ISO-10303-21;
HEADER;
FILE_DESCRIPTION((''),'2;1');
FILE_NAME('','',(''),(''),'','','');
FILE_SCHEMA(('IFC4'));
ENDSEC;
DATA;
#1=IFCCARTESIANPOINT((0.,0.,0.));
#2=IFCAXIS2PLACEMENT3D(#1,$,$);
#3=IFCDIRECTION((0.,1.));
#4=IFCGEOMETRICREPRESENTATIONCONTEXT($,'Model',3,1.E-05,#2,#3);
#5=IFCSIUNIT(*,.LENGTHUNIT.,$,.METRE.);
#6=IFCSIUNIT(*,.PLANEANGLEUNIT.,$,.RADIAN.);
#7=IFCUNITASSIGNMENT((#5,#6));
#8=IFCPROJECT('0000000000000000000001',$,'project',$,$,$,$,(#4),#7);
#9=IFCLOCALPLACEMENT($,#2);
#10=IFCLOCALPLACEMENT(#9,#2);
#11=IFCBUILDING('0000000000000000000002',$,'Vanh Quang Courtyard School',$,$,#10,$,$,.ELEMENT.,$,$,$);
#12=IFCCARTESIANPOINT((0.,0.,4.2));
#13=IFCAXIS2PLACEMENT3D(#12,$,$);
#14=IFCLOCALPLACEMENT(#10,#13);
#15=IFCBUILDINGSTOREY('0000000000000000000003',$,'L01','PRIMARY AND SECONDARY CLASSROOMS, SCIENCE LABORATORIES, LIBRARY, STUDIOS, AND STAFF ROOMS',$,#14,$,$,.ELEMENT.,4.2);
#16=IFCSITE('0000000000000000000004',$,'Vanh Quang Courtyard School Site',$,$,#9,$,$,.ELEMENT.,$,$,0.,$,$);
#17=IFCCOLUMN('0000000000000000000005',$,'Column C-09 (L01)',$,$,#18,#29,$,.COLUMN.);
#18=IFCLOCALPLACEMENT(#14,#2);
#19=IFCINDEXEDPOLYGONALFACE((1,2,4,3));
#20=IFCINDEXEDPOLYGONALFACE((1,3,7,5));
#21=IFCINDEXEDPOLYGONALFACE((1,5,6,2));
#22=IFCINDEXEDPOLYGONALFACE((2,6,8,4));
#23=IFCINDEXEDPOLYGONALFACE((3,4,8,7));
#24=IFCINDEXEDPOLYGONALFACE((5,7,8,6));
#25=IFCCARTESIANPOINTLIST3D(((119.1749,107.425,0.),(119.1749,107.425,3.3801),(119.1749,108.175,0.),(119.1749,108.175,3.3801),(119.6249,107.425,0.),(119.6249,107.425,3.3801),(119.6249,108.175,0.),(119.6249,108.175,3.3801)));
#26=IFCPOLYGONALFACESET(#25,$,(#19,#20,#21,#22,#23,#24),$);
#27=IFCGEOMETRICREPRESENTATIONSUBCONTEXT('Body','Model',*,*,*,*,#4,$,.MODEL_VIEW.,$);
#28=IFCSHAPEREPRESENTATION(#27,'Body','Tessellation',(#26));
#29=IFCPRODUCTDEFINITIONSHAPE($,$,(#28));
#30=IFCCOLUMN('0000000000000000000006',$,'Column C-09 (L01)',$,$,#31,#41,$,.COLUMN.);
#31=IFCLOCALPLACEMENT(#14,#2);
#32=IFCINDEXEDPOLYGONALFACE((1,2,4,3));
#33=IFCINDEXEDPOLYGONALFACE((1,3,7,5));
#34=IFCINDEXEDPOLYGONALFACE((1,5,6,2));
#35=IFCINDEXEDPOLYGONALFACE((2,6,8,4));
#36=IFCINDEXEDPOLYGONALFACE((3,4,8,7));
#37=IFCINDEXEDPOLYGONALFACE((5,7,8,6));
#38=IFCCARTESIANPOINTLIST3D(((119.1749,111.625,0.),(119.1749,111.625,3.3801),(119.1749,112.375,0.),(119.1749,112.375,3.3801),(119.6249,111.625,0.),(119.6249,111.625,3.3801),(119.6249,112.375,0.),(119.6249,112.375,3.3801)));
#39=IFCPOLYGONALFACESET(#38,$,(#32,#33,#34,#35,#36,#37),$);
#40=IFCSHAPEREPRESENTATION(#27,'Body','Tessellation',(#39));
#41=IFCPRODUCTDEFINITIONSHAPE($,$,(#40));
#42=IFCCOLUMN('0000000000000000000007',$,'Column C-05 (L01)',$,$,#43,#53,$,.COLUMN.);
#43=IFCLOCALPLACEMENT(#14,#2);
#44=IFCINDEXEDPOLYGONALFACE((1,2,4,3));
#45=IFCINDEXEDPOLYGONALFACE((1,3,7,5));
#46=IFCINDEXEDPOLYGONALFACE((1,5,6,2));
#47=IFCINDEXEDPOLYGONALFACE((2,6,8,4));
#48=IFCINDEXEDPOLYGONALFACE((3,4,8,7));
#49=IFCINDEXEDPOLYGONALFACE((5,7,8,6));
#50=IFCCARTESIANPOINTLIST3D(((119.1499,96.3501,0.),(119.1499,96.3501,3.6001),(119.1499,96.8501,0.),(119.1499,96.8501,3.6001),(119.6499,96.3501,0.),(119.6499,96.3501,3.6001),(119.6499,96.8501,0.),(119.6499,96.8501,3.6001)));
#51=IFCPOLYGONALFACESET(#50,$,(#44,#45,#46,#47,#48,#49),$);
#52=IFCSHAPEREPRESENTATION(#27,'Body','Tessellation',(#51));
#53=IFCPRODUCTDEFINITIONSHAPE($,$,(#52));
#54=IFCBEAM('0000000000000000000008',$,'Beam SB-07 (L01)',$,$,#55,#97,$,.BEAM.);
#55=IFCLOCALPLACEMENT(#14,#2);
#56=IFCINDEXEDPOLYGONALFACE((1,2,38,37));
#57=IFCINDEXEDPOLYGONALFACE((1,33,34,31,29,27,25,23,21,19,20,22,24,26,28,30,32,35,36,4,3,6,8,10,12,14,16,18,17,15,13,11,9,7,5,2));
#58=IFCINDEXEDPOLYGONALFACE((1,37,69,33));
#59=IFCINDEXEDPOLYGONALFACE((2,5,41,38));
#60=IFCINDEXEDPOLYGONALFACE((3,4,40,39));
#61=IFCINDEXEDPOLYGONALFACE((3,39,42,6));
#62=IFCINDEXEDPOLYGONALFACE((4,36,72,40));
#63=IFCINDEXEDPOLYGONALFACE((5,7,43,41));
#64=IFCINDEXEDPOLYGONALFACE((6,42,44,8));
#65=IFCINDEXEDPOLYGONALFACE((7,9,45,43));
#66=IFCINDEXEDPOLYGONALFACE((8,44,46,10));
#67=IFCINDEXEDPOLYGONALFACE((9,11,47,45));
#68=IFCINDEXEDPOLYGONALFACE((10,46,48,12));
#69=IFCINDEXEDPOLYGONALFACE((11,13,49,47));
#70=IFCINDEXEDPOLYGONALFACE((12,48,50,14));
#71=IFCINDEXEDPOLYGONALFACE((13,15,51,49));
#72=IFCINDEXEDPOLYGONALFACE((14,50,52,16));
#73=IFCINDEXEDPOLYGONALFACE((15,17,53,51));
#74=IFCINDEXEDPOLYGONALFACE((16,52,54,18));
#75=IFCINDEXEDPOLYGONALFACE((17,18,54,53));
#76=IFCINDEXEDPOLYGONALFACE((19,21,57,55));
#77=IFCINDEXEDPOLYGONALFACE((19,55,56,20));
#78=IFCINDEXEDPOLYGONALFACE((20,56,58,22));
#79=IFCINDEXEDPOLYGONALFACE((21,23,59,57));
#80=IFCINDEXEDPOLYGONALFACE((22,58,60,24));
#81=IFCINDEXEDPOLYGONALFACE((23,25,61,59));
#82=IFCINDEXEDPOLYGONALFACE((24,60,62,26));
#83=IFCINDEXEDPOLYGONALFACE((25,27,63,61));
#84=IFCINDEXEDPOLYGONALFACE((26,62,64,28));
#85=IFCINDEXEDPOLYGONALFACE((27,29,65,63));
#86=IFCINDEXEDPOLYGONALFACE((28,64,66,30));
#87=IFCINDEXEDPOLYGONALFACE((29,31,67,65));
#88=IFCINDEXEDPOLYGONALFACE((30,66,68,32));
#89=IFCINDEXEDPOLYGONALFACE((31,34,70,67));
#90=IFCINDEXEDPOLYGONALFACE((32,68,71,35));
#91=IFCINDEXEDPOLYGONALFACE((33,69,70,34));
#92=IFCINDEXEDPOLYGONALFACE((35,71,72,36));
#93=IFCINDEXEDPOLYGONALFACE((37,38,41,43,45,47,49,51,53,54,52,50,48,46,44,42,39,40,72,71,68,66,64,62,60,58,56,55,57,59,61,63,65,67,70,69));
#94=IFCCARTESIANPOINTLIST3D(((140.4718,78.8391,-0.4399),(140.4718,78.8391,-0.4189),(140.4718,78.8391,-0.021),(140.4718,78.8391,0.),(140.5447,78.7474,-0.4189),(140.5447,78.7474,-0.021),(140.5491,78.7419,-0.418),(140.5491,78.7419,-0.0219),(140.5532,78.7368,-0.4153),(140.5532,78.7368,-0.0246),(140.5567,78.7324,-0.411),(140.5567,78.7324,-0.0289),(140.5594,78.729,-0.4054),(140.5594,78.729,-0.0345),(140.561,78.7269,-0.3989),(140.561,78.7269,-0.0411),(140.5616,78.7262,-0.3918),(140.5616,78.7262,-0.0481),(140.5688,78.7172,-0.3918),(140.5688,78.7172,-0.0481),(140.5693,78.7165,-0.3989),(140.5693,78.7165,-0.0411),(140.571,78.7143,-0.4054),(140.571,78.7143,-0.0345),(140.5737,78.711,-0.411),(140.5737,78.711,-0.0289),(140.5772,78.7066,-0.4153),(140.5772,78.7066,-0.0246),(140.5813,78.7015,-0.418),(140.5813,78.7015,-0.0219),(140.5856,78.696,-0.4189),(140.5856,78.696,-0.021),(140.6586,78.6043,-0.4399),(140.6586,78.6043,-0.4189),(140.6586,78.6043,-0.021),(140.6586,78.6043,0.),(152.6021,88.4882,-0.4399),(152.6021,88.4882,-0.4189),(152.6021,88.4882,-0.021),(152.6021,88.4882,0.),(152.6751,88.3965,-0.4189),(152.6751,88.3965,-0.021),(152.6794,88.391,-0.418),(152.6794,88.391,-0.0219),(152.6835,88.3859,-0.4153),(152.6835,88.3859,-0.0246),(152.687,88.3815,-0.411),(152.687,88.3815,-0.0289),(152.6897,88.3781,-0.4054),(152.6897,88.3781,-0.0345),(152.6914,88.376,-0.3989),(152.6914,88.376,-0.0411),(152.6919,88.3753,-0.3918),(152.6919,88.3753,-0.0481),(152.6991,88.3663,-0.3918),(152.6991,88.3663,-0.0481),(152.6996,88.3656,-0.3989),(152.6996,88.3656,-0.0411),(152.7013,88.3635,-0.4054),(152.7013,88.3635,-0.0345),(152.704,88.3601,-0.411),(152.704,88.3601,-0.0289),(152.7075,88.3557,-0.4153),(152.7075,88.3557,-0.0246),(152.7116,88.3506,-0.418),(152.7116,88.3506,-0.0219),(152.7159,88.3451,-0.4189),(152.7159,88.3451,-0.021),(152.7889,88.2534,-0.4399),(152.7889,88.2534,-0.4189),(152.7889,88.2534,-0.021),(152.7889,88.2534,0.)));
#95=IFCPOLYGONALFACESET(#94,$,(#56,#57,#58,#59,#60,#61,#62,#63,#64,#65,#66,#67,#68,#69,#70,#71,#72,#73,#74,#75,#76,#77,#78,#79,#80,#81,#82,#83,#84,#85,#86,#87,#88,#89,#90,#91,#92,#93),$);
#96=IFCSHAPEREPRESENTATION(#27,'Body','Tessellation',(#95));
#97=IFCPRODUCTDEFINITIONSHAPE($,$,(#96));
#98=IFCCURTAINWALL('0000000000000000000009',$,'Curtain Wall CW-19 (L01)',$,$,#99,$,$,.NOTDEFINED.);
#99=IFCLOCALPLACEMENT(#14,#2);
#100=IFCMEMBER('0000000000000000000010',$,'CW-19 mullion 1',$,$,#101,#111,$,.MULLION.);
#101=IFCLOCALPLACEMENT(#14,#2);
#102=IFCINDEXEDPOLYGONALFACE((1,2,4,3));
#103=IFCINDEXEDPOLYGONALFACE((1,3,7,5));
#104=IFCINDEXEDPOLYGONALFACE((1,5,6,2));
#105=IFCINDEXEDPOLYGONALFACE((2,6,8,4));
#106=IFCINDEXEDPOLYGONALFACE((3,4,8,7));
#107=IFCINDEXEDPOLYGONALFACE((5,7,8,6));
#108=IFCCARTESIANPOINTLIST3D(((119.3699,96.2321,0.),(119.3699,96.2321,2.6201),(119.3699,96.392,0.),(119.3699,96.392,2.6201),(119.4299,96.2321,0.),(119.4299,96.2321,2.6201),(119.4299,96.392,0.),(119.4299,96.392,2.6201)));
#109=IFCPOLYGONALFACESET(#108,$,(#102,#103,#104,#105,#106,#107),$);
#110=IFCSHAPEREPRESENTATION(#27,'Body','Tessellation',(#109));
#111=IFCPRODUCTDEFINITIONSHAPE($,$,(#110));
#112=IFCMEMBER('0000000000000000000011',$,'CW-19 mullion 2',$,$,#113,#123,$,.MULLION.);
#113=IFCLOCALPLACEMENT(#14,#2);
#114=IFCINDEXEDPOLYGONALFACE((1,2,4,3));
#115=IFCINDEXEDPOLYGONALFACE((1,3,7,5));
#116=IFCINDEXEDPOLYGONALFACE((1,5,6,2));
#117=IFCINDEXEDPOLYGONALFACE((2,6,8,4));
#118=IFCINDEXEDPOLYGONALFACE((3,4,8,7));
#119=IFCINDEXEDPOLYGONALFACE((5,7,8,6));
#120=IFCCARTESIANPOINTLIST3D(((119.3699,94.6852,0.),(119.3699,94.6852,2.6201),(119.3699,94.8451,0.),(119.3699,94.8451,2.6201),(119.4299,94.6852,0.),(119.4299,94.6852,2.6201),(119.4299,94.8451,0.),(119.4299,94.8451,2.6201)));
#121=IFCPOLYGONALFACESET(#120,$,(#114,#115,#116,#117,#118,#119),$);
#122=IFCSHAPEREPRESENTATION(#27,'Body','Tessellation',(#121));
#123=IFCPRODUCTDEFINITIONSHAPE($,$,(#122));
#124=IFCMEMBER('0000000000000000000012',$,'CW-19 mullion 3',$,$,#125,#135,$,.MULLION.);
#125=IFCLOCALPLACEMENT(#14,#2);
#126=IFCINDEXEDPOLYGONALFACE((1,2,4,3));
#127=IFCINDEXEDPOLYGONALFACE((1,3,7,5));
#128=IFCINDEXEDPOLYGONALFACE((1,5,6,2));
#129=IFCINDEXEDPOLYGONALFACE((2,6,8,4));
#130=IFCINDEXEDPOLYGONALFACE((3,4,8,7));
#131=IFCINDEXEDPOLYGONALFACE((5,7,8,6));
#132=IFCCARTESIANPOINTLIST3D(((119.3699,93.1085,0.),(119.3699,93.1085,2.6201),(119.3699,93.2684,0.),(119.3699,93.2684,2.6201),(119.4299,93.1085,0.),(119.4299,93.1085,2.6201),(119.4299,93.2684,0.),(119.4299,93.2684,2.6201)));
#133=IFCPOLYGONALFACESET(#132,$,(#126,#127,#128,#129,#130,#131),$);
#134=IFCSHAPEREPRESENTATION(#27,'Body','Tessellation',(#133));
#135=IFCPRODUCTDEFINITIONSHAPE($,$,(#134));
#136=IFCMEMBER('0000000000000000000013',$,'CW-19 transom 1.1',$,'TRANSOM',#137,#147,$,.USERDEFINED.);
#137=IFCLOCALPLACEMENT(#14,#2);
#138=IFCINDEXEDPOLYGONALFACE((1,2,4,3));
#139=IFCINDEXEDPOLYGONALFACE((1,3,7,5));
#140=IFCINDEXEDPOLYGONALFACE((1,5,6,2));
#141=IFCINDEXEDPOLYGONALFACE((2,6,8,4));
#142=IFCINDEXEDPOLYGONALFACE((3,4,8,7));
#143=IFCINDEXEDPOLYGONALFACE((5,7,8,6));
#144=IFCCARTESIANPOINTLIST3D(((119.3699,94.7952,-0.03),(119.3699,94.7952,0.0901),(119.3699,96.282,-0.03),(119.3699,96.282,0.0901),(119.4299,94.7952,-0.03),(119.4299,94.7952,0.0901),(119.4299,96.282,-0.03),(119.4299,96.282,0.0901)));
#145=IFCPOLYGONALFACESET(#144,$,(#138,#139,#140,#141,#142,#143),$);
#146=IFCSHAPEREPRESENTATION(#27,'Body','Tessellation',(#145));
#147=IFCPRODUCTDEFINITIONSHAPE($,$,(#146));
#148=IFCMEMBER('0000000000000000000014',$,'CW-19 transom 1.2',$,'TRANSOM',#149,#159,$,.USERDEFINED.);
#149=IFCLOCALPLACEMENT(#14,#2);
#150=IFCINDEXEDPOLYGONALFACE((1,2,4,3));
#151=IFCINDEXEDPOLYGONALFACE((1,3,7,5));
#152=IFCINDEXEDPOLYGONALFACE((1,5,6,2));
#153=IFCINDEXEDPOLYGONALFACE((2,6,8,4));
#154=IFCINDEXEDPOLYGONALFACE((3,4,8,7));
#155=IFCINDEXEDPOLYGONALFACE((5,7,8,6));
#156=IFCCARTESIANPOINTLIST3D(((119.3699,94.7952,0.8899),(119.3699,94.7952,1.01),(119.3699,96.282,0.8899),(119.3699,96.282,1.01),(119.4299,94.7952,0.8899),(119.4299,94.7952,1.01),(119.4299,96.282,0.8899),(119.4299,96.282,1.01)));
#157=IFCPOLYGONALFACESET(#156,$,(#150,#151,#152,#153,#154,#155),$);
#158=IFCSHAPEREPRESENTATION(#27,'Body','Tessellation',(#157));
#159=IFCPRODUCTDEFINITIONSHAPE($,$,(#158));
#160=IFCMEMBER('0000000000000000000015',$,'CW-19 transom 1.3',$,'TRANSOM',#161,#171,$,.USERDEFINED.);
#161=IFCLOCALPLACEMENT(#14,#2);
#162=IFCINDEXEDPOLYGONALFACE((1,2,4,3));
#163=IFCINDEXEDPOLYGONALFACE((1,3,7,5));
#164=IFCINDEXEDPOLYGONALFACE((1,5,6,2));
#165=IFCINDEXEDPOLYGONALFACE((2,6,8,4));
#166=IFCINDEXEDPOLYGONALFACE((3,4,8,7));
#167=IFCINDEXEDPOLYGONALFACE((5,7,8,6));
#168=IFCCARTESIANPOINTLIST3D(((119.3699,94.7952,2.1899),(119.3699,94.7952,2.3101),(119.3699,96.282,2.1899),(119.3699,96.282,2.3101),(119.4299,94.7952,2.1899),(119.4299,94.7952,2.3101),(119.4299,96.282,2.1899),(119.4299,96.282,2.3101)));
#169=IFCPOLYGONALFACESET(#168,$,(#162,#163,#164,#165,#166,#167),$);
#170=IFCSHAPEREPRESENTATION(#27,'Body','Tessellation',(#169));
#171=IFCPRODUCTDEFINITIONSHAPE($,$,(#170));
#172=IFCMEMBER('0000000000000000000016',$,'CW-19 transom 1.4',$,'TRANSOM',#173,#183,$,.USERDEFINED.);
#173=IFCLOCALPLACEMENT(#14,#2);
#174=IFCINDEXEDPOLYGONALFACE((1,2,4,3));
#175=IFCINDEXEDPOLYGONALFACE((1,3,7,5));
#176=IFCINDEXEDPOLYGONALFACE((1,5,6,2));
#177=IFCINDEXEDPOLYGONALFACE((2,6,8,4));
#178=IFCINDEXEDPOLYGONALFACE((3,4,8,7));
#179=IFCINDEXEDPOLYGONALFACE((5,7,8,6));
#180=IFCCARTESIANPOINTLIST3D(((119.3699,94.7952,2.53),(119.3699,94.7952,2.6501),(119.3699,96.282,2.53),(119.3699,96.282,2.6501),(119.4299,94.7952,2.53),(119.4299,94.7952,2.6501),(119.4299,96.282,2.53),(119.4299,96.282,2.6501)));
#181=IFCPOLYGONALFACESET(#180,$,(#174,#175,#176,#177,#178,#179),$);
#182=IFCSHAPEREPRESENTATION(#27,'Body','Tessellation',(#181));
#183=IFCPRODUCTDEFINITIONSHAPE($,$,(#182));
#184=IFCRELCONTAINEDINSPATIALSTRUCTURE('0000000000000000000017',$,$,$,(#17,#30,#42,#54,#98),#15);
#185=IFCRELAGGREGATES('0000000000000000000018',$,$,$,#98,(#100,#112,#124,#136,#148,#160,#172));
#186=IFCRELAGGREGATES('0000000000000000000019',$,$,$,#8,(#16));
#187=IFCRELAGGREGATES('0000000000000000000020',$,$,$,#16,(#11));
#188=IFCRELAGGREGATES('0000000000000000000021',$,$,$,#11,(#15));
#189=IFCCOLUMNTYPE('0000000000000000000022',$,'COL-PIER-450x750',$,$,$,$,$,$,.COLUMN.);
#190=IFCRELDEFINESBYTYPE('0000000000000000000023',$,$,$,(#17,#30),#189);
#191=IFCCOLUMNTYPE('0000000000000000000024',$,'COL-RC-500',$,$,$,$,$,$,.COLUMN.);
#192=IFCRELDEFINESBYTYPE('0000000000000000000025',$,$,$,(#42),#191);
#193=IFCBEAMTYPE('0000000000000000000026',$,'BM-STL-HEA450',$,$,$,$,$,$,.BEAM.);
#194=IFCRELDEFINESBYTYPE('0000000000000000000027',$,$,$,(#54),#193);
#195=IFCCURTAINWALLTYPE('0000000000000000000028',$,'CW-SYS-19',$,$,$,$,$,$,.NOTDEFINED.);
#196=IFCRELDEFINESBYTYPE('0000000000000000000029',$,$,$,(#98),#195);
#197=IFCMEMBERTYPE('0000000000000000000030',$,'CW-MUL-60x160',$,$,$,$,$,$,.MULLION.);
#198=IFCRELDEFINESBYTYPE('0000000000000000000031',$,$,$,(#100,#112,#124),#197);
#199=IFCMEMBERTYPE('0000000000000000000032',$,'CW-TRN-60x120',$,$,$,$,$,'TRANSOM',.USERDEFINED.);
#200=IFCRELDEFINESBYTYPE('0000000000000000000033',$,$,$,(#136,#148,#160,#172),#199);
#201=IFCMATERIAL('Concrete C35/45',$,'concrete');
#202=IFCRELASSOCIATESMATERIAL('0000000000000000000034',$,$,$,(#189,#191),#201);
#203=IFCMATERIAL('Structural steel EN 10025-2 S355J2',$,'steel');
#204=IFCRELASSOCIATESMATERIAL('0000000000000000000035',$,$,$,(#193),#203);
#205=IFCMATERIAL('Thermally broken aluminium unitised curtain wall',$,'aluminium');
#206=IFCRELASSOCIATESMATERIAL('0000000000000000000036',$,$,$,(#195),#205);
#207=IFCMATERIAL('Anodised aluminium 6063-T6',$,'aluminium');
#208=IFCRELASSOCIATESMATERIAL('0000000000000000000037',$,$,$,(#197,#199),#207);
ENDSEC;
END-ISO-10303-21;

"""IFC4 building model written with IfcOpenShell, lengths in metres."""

from ifc_helpers import new_model, si_unit, direction, frame, origin, origin_2d, place, context, subcontext, project, spatial, rectangle, i_section, extrude, material, material_profile, profile_set, type_object, element, aggregate, save


model = new_model("IFC4")

# Units and contexts
model_context = context("Model", 3, precision=1e-05, world=origin(), true_north=direction((0.0, 1.0)))
body_context = subcontext(model_context, "Body", "Model", "MODEL_VIEW")
ifc_project = project(units=[si_unit("LENGTHUNIT", "METRE"), si_unit("PLANEANGLEUNIT", "RADIAN")], contexts=[model_context])

# Site, building, storey
site_placement = place(None, origin())
site = spatial("IfcSite", under=ifc_project, at=site_placement, Name="Vanh Quang Courtyard School Site", CompositionType="ELEMENT", RefElevation=0.0)
building_placement = place(site_placement, origin())
building = spatial("IfcBuilding", under=site, at=building_placement, Name="Vanh Quang Courtyard School", CompositionType="ELEMENT")
storey_placement = place(building_placement, frame((0.0, 0.0, 4.2)))
storey = spatial("IfcBuildingStorey", under=building, at=storey_placement, Name="L01", Description="PRIMARY AND SECONDARY CLASSROOMS, SCIENCE LABORATORIES, LIBRARY, STUDIOS, AND STAFF ROOMS", CompositionType="ELEMENT", Elevation=4.2)

# Columns
ifc_material_1 = material(Name="Concrete C35/45", Category="concrete")
ifc_material_profile_1 = material_profile(ifc_material_1, rectangle(XDim=0.45, YDim=0.75, at=origin_2d()), Name="RC-PIER 450x750")
ifc_profile_set_1 = profile_set([ifc_material_profile_1], Name="Concrete C35/45")
column_type_1 = type_object("IfcColumnType", Name="COL-PIER-450x750", PredefinedType="COLUMN", material=ifc_profile_set_1)
for number, where, z_axis, x_axis, name in (
    (1, (119.3999, 107.8, 0.0), (0.0, 0.0, 1.0), (1.0, 0.0, 0.0), "Column C-09 (L01)"),
    (2, (119.3999, 112.0, 0.0), (0.0, 0.0, 1.0), (1.0, 0.0, 0.0), "Column C-09 (L01)"),
):
    element("IfcColumn", number, at=place(storey_placement, frame(where, z_axis=z_axis, x_axis=x_axis)), inside=storey, type_object=column_type_1, Name=name, PredefinedType="COLUMN", context=body_context, shape_type="SweptSolid", body=[
        extrude(rectangle(XDim=0.45, YDim=0.75, at=origin_2d()), origin(), (0.0, 0.0, 1.0), 3.3801),
    ])
ifc_material_profile_2 = material_profile(ifc_material_1, rectangle(XDim=0.5, YDim=0.5, at=origin_2d()), Name="RC-COL 500x500")
ifc_profile_set_2 = profile_set([ifc_material_profile_2], Name="Concrete C35/45")
column_type_2 = type_object("IfcColumnType", Name="COL-RC-500", PredefinedType="COLUMN", material=ifc_profile_set_2)
column_placement = place(storey_placement, frame((119.3999, 96.6001, 0.0), z_axis=(0.0, 0.0, 1.0), x_axis=(1.0, 0.0, 0.0)))
element("IfcColumn", 3, at=column_placement, inside=storey, type_object=column_type_2, Name="Column C-05 (L01)", PredefinedType="COLUMN", context=body_context, shape_type="SweptSolid", body=[
    extrude(rectangle(XDim=0.5, YDim=0.5, at=origin_2d()), origin(), (0.0, 0.0, 1.0), 3.6001),
])

# Beam
ifc_material_2 = material(Name="Structural steel EN 10025-2 S355J2", Category="steel")
ifc_material_profile_3 = material_profile(ifc_material_2, i_section(OverallWidth=0.3, OverallDepth=0.4399, WebThickness=0.0115, FlangeThickness=0.021, FilletRadius=0.0271, at=origin_2d()), Name="HEA 450")
ifc_profile_set_3 = profile_set([ifc_material_profile_3], Name="Structural steel EN 10025-2 S355J2")
beam_type = type_object("IfcBeamType", Name="BM-STL-HEA450", PredefinedType="BEAM", material=ifc_profile_set_3)
beam_placement = place(storey_placement, frame((140.5652, 78.7217, -0.22), z_axis=(0.782601, 0.622524, 0.0), x_axis=(-0.622524, 0.782601, 0.0)))
element("IfcBeam", 4, at=beam_placement, inside=storey, type_object=beam_type, Name="Beam SB-07 (L01)", PredefinedType="BEAM", context=body_context, shape_type="SweptSolid", body=[
    extrude(i_section(OverallWidth=0.3, OverallDepth=0.4399, WebThickness=0.0115, FlangeThickness=0.021, FilletRadius=0.0271, at=origin_2d()), origin(), (0.0, 0.0, 1.0), 15.5),
])

# Curtain wall, members
ifc_material_3 = material(Name="Thermally broken aluminium unitised curtain wall", Category="aluminium")
curtain_wall_type = type_object("IfcCurtainWallType", Name="CW-SYS-19", PredefinedType="NOTDEFINED", material=ifc_material_3)
curtain_wall_placement = place(storey_placement, origin())
curtain_wall = element("IfcCurtainWall", 5, at=curtain_wall_placement, inside=storey, type_object=curtain_wall_type, Name="Curtain Wall CW-19 (L01)", PredefinedType="NOTDEFINED")
ifc_material_4 = material(Name="Anodised aluminium 6063-T6", Category="aluminium")
ifc_material_profile_4 = material_profile(ifc_material_4, rectangle(XDim=0.0601, YDim=0.1599, at=origin_2d()), Name="ALU-MUL 60x160")
ifc_profile_set_4 = profile_set([ifc_material_profile_4], Name="Anodised aluminium 6063-T6")
member_type_1 = type_object("IfcMemberType", Name="CW-MUL-60x160", PredefinedType="MULLION", material=ifc_profile_set_4)
member_1_placement = place(storey_placement, frame((119.3999, 96.312, 0.0), z_axis=(0.0, 0.0, 1.0), x_axis=(1.0, 0.0, 0.0)))
member_1 = element("IfcMember", 6, at=member_1_placement, type_object=member_type_1, Name="CW-19 mullion 1", PredefinedType="MULLION", context=body_context, shape_type="SweptSolid", body=[
    extrude(rectangle(XDim=0.0601, YDim=0.1599, at=origin_2d()), origin(), (0.0, 0.0, 1.0), 2.6201),
])
member_2_placement = place(storey_placement, frame((119.3999, 94.7651, 0.0), z_axis=(0.0, 0.0, 1.0), x_axis=(1.0, 0.0, 0.0)))
member_2 = element("IfcMember", 7, at=member_2_placement, type_object=member_type_1, Name="CW-19 mullion 2", PredefinedType="MULLION", context=body_context, shape_type="SweptSolid", body=[
    extrude(rectangle(XDim=0.0601, YDim=0.1599, at=origin_2d()), origin(), (0.0, 0.0, 1.0), 2.6201),
])
member_3_placement = place(storey_placement, frame((119.3999, 93.1885, 0.0), z_axis=(0.0, 0.0, 1.0), x_axis=(1.0, 0.0, 0.0)))
member_3 = element("IfcMember", 8, at=member_3_placement, type_object=member_type_1, Name="CW-19 mullion 3", PredefinedType="MULLION", context=body_context, shape_type="SweptSolid", body=[
    extrude(rectangle(XDim=0.0601, YDim=0.1599, at=origin_2d()), origin(), (0.0, 0.0, 1.0), 2.6201),
])
ifc_material_profile_5 = material_profile(ifc_material_4, rectangle(XDim=0.0601, YDim=0.1201, at=origin_2d()), Name="ALU-TRN 60x120")
ifc_profile_set_5 = profile_set([ifc_material_profile_5], Name="Anodised aluminium 6063-T6")
member_type_2 = type_object("IfcMemberType", Name="CW-TRN-60x120", ElementType="TRANSOM", PredefinedType="USERDEFINED", material=ifc_profile_set_5)
member_4_placement = place(storey_placement, frame((119.3999, 96.282, 0.03), z_axis=(0.0, -1.0, 0.0), x_axis=(1.0, 0.0, 0.0)))
member_4 = element("IfcMember", 9, at=member_4_placement, type_object=member_type_2, Name="CW-19 transom 1.1", ObjectType="TRANSOM", PredefinedType="USERDEFINED", context=body_context, shape_type="SweptSolid", body=[
    extrude(rectangle(XDim=0.0601, YDim=0.1201, at=origin_2d()), origin(), (0.0, 0.0, 1.0), 1.4868),
])
member_5_placement = place(storey_placement, frame((119.3999, 96.282, 0.95), z_axis=(0.0, -1.0, 0.0), x_axis=(1.0, 0.0, 0.0)))
member_5 = element("IfcMember", 10, at=member_5_placement, type_object=member_type_2, Name="CW-19 transom 1.2", ObjectType="TRANSOM", PredefinedType="USERDEFINED", context=body_context, shape_type="SweptSolid", body=[
    extrude(rectangle(XDim=0.0601, YDim=0.1201, at=origin_2d()), origin(), (0.0, 0.0, 1.0), 1.4868),
])
member_6_placement = place(storey_placement, frame((119.3999, 96.282, 2.25), z_axis=(0.0, -1.0, 0.0), x_axis=(1.0, 0.0, 0.0)))
member_6 = element("IfcMember", 11, at=member_6_placement, type_object=member_type_2, Name="CW-19 transom 1.3", ObjectType="TRANSOM", PredefinedType="USERDEFINED", context=body_context, shape_type="SweptSolid", body=[
    extrude(rectangle(XDim=0.0601, YDim=0.1201, at=origin_2d()), origin(), (0.0, 0.0, 1.0), 1.4868),
])
member_7_placement = place(storey_placement, frame((119.3999, 96.282, 2.5901), z_axis=(0.0, -1.0, 0.0), x_axis=(1.0, 0.0, 0.0)))
member_7 = element("IfcMember", 12, at=member_7_placement, type_object=member_type_2, Name="CW-19 transom 1.4", ObjectType="TRANSOM", PredefinedType="USERDEFINED", context=body_context, shape_type="SweptSolid", body=[
    extrude(rectangle(XDim=0.0601, YDim=0.1201, at=origin_2d()), origin(), (0.0, 0.0, 1.0), 1.4868),
])
aggregate(curtain_wall, [member_1, member_2, member_3, member_4, member_5, member_6, member_7])

save(model, "model.ifc")
